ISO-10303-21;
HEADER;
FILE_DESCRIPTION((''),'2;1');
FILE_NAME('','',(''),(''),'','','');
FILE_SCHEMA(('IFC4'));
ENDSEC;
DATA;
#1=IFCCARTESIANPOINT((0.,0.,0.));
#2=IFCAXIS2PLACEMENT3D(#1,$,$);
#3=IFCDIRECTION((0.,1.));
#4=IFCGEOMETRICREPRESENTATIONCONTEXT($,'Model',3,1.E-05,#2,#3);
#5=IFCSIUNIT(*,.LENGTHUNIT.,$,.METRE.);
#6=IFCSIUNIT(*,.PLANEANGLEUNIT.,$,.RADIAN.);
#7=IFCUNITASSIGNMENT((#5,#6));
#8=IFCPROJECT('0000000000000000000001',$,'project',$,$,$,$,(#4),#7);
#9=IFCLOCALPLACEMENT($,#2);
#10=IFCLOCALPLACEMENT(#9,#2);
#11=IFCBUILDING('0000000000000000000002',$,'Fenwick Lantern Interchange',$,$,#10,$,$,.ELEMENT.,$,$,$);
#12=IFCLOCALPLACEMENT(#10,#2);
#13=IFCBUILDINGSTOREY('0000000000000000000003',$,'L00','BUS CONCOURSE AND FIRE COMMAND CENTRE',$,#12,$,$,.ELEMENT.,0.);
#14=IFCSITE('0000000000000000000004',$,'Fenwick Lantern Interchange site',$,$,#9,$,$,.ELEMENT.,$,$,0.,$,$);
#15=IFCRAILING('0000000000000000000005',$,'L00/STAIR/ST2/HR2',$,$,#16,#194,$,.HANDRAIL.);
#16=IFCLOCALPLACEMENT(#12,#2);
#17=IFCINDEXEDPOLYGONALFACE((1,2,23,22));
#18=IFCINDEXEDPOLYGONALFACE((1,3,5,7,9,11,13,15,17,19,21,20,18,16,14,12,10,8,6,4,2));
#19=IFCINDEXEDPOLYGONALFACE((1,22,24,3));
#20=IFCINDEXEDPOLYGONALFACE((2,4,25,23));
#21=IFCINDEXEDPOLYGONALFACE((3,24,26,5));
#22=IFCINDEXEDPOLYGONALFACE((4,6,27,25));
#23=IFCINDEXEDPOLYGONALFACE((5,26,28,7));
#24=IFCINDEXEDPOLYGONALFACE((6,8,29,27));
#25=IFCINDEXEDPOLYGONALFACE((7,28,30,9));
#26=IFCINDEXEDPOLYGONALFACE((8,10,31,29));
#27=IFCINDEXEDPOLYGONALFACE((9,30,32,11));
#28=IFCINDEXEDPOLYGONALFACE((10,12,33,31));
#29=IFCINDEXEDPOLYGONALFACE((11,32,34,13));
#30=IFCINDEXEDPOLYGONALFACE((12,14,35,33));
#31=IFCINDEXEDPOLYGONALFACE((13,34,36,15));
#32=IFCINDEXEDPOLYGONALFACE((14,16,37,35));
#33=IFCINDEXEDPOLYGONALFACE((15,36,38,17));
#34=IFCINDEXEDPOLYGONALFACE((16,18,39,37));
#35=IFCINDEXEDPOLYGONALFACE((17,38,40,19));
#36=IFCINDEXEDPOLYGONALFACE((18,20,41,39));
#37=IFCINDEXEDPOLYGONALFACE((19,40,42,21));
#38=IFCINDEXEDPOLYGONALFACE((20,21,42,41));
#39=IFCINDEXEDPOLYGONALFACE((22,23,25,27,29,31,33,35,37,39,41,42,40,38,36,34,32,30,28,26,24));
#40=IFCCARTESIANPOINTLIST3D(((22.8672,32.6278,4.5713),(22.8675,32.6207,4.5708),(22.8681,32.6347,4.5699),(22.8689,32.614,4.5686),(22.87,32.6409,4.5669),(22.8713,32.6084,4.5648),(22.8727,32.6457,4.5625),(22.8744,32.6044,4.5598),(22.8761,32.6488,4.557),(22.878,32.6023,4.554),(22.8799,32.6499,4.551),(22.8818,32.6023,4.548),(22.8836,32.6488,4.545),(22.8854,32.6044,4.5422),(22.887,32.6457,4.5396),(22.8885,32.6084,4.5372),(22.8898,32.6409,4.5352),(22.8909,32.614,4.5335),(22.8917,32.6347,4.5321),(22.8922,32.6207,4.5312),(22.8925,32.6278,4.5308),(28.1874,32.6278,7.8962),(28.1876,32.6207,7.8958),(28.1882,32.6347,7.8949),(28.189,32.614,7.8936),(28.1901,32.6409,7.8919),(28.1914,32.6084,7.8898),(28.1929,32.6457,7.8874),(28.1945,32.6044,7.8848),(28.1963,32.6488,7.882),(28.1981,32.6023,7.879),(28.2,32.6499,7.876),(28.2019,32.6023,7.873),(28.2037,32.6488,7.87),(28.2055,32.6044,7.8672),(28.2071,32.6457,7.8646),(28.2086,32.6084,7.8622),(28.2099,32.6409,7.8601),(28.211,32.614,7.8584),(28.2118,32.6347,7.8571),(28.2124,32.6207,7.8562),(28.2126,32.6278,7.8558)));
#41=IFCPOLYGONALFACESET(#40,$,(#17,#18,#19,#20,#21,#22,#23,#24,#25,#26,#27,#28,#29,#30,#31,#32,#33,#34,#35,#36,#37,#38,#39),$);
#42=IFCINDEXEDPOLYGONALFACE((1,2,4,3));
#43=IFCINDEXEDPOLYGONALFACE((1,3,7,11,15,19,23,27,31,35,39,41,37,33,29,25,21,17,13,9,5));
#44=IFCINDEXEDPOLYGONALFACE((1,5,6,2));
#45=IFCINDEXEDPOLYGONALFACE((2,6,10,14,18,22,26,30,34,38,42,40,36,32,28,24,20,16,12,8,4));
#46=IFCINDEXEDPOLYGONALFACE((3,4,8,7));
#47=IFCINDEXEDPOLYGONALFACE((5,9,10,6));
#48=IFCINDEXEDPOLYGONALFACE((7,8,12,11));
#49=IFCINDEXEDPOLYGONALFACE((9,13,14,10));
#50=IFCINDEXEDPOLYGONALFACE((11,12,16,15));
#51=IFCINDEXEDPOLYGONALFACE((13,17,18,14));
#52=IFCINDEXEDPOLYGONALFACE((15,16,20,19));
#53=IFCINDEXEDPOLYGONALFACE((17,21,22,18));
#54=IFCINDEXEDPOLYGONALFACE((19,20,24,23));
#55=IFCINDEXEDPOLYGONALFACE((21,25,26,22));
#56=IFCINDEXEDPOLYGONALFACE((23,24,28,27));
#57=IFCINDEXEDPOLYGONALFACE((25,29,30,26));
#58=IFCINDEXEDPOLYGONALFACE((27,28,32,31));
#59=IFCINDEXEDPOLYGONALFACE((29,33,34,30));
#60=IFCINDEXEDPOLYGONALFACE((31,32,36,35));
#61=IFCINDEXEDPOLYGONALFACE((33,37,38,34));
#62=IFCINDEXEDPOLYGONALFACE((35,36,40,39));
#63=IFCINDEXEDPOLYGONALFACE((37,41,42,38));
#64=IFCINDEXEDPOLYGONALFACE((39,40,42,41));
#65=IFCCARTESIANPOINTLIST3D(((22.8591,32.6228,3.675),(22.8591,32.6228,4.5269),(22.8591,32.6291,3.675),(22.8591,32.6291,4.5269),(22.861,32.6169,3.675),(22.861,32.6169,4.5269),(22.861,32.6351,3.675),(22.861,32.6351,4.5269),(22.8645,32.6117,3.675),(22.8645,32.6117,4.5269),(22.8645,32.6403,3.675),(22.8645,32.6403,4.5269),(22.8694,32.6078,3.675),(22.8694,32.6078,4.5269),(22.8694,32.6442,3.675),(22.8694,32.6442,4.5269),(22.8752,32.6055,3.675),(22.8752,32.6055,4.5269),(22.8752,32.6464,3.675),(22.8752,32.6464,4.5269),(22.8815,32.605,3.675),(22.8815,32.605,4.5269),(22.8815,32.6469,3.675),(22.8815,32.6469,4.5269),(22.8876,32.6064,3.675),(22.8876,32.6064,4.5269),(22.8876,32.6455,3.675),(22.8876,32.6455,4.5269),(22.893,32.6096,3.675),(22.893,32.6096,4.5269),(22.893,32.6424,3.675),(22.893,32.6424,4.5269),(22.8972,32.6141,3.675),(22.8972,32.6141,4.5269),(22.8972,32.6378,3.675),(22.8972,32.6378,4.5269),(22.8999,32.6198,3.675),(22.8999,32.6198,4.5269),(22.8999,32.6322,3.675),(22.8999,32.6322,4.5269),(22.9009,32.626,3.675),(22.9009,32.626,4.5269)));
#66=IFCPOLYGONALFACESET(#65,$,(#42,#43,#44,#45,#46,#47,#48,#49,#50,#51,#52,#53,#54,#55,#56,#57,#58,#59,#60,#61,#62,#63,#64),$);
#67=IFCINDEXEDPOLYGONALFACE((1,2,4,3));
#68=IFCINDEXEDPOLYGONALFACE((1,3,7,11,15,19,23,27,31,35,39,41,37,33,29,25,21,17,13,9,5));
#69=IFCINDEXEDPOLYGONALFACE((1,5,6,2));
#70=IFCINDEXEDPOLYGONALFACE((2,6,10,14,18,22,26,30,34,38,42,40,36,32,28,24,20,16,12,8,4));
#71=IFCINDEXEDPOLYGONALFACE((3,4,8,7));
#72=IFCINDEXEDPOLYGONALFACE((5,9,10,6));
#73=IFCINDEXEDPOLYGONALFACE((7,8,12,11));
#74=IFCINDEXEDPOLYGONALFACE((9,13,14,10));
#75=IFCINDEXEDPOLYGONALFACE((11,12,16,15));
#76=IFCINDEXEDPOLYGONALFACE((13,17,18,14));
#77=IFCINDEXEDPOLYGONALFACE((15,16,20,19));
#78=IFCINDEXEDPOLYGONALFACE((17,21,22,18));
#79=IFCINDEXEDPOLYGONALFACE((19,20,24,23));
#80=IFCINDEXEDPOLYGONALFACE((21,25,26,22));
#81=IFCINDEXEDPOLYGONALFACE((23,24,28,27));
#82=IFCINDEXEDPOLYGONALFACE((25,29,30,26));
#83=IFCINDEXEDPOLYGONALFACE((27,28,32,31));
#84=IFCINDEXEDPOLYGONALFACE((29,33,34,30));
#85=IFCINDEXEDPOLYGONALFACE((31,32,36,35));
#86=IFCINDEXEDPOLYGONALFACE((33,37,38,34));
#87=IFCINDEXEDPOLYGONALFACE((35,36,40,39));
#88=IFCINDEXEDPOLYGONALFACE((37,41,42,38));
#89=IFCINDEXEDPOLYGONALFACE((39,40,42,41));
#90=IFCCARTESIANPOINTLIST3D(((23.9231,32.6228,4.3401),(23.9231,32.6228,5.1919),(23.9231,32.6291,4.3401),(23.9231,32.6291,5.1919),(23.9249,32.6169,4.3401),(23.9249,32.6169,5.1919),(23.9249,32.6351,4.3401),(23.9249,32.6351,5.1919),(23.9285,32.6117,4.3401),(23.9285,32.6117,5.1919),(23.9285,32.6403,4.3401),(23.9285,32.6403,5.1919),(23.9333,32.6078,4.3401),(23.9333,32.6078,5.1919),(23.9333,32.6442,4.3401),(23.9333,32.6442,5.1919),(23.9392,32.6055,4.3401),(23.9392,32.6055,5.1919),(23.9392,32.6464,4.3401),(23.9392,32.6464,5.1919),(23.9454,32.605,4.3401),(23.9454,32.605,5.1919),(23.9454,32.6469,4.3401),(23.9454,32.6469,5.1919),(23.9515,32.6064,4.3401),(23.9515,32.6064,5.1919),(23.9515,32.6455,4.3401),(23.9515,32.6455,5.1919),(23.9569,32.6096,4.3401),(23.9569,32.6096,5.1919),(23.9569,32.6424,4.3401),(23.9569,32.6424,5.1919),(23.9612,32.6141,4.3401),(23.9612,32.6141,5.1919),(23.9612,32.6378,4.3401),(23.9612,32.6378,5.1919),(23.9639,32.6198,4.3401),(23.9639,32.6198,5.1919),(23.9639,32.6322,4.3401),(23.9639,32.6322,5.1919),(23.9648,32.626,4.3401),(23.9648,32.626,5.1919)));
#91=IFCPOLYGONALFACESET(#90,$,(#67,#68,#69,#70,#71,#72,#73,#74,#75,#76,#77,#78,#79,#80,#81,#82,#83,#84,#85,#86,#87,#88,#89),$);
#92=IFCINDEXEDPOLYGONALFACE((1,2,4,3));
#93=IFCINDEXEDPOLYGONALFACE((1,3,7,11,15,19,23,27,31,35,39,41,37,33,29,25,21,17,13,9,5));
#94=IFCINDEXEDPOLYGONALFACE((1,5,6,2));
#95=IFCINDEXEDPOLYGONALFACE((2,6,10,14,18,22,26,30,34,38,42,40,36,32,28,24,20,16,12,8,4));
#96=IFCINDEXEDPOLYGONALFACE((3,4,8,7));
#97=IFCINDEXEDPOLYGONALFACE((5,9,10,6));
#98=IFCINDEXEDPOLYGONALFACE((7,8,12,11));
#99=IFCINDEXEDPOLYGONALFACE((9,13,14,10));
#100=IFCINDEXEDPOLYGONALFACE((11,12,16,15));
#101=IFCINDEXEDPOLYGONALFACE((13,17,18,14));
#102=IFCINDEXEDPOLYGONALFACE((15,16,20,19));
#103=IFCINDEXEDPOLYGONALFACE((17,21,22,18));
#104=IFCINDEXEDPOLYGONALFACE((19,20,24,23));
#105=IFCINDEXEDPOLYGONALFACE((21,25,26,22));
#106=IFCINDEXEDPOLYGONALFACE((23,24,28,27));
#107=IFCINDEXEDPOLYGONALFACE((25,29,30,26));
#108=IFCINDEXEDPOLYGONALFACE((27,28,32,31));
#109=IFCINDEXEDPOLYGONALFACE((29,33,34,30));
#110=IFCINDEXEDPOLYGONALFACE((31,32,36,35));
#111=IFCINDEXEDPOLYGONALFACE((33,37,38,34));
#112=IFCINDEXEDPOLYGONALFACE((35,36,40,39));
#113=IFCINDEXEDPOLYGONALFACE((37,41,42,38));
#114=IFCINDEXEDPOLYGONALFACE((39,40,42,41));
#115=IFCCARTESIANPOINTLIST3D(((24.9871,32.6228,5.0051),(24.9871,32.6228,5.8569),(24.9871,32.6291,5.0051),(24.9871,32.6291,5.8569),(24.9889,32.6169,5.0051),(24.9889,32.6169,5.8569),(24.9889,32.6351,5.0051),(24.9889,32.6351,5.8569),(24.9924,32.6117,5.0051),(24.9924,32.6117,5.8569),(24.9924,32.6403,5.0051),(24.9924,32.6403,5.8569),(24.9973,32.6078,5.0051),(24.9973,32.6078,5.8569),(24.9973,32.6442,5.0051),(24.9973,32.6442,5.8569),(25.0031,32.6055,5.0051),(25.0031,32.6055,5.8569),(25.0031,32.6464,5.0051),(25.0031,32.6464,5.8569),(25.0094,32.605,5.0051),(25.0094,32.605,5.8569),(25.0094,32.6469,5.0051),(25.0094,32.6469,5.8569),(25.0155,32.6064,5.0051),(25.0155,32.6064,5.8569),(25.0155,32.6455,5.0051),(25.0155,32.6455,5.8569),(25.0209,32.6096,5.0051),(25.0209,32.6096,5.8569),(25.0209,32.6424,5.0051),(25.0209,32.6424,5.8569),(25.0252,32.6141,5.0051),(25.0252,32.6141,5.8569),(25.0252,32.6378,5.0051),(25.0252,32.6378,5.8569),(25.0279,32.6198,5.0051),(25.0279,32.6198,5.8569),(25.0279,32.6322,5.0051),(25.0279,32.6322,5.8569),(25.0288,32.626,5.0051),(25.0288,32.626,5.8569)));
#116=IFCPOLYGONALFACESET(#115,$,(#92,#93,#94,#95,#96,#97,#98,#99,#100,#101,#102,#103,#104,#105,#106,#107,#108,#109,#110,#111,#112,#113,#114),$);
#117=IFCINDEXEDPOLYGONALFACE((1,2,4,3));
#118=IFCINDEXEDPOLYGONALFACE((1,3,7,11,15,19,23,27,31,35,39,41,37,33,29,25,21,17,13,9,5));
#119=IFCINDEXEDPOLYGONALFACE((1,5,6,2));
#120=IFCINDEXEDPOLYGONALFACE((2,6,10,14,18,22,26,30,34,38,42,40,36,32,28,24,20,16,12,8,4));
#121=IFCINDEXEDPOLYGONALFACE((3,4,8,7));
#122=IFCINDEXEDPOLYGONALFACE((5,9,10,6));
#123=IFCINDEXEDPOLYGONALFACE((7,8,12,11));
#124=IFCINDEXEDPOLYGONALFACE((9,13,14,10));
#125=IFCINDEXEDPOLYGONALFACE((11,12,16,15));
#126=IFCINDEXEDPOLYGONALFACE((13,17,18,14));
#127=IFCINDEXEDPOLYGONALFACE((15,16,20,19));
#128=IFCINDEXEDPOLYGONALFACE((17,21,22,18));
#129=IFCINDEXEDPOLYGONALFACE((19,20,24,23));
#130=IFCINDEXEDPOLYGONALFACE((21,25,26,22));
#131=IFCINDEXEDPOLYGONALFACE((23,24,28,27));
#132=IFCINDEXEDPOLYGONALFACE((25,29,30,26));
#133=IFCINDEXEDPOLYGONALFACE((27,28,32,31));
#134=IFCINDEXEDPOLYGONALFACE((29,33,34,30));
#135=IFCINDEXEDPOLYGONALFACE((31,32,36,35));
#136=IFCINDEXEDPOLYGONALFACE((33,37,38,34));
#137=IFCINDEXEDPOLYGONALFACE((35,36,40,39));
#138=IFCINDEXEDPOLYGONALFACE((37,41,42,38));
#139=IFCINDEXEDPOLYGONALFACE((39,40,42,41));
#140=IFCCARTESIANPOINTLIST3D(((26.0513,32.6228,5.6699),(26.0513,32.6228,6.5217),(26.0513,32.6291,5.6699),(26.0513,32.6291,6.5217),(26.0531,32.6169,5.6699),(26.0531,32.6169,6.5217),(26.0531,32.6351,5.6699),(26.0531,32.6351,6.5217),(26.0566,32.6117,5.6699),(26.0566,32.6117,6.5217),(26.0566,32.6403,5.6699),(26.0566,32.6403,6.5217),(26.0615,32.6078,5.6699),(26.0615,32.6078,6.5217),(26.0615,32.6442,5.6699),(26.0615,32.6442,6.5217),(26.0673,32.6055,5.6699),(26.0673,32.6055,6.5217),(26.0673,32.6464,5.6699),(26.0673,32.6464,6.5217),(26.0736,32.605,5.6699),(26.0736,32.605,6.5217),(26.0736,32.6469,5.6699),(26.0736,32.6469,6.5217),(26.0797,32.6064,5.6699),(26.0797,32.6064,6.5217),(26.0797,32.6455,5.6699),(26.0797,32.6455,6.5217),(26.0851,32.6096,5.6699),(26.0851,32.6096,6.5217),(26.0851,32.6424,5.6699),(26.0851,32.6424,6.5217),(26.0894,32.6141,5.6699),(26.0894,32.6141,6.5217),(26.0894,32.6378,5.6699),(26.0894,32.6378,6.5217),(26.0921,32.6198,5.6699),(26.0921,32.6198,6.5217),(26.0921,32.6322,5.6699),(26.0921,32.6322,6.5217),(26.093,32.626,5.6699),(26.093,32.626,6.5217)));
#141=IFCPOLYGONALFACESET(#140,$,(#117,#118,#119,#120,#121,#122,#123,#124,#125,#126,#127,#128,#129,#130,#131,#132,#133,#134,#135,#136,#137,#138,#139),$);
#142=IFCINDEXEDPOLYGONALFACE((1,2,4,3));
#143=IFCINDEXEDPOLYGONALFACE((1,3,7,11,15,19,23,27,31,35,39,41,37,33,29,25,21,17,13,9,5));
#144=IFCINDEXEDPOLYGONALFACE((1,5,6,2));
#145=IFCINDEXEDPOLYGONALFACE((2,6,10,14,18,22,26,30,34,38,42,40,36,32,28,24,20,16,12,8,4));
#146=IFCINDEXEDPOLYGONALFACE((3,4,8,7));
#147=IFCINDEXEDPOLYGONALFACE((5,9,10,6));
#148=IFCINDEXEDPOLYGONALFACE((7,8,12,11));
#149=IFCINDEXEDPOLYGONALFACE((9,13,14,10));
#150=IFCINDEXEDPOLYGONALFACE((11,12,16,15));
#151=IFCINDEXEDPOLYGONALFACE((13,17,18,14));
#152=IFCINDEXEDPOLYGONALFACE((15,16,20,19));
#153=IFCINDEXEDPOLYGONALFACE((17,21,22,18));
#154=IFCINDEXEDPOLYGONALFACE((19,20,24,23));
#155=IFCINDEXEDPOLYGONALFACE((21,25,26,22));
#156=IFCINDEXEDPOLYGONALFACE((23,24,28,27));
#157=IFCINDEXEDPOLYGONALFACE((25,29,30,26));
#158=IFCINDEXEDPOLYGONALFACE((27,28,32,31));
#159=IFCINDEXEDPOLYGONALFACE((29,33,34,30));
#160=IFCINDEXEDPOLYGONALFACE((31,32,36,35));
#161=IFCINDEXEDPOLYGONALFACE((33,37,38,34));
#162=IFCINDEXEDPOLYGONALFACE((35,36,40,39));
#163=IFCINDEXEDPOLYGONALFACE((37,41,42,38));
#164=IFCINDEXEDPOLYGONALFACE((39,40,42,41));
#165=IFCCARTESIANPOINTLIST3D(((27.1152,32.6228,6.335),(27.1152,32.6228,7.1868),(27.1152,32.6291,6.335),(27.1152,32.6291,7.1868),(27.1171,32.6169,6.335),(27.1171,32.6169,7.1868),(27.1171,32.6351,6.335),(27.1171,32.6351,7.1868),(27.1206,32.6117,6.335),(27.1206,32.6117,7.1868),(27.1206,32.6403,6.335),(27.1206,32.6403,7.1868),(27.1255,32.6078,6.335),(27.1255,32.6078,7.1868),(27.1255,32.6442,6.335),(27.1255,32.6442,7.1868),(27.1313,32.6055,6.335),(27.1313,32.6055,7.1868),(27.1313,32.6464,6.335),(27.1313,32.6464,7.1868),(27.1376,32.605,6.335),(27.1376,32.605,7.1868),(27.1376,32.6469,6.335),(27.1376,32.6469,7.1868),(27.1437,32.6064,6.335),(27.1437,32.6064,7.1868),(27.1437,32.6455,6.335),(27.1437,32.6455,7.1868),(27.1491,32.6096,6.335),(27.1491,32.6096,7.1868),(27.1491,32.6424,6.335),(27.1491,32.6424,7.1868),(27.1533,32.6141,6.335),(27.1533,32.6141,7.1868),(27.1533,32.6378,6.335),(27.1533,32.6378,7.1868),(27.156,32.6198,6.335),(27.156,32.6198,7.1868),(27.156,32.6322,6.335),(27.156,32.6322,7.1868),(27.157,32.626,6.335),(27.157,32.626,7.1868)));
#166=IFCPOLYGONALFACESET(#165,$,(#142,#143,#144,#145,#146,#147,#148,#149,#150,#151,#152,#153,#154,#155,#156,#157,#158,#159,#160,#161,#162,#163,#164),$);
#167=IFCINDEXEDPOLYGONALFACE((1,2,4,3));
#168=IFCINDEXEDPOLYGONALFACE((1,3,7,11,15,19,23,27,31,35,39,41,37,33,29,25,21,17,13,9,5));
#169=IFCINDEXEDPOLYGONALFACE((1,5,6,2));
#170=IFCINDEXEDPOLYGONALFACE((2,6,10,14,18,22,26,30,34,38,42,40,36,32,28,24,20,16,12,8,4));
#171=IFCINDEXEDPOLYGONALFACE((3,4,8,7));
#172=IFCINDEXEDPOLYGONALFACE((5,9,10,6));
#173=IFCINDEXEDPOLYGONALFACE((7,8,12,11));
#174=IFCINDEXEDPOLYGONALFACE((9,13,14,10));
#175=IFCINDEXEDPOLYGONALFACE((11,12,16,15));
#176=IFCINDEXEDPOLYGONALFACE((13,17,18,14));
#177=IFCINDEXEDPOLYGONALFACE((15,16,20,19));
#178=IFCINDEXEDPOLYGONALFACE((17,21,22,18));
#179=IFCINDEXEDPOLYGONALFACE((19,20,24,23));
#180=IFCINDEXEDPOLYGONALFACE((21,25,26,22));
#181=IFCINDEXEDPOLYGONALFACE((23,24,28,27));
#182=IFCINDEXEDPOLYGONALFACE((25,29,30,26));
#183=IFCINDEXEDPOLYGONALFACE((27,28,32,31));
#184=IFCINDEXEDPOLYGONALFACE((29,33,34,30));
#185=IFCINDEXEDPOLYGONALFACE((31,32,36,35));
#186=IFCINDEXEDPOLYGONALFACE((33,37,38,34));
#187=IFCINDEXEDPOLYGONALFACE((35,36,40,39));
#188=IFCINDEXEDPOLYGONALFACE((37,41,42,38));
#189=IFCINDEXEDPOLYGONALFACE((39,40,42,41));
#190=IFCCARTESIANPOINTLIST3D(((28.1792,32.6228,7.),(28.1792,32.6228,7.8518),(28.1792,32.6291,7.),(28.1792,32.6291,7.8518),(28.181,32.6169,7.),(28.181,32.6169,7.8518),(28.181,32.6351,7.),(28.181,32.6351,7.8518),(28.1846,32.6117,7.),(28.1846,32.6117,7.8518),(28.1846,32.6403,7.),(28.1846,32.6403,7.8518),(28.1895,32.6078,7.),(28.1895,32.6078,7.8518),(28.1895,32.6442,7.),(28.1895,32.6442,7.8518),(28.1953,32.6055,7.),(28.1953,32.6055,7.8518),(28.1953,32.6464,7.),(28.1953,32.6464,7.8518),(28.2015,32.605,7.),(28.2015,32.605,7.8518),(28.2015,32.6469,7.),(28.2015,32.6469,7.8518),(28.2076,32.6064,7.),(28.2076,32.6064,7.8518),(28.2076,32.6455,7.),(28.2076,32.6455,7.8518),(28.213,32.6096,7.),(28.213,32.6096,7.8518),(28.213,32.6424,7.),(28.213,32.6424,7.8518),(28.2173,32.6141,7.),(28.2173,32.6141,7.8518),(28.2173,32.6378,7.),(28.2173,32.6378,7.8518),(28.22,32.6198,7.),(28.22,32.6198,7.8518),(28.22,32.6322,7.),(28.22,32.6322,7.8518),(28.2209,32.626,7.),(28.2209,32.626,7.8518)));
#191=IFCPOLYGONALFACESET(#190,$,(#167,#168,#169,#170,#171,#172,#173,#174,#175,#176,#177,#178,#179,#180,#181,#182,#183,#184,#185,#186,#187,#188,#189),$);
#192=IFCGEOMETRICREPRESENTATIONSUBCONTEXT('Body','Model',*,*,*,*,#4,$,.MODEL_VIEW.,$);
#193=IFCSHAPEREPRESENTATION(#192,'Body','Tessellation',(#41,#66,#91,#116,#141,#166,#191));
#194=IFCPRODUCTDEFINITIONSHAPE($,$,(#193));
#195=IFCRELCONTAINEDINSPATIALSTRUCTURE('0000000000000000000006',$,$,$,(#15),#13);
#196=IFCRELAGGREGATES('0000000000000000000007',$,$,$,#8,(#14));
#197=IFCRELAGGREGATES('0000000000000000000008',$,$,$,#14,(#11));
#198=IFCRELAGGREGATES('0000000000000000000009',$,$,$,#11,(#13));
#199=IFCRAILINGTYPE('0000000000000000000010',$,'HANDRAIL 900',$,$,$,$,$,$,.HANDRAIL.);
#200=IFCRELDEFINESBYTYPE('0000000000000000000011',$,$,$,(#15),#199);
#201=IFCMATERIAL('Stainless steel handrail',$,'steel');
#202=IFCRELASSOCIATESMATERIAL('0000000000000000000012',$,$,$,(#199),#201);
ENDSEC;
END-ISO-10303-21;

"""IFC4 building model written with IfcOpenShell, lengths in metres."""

from ifc_helpers import new_model, si_unit, direction, frame, origin, origin_2d, place, context, subcontext, project, spatial, circle, extrude, material, type_object, element, save


model = new_model("IFC4")

# Units and contexts
model_context = context("Model", 3, precision=1e-05, world=origin(), true_north=direction((0.0, 1.0)))
body_context = subcontext(model_context, "Body", "Model", "MODEL_VIEW")
ifc_project = project(units=[si_unit("LENGTHUNIT", "METRE"), si_unit("PLANEANGLEUNIT", "RADIAN")], contexts=[model_context])

# Site, building, storey
site_placement = place(None, origin())
site = spatial("IfcSite", under=ifc_project, at=site_placement, Name="Fenwick Lantern Interchange site", CompositionType="ELEMENT", RefElevation=0.0)
building_placement = place(site_placement, origin())
building = spatial("IfcBuilding", under=site, at=building_placement, Name="Fenwick Lantern Interchange", CompositionType="ELEMENT")
storey_placement = place(building_placement, origin())
storey = spatial("IfcBuildingStorey", under=building, at=storey_placement, Name="L00", Description="BUS CONCOURSE AND FIRE COMMAND CENTRE", CompositionType="ELEMENT", Elevation=0.0)

# Railing
ifc_material_1 = material(Name="Stainless steel handrail", Category="steel")
railing_type = type_object("IfcRailingType", Name="HANDRAIL 900", PredefinedType="HANDRAIL", material=ifc_material_1)
railing_1_placement = place(storey_placement, frame((22.8799, 32.626, 3.675)))
element("IfcRailing", 1, at=railing_1_placement, inside=storey, type_object=railing_type, Name="L00/STAIR/ST2/HR2", PredefinedType="HANDRAIL", context=body_context, shape_type="SweptSolid", body=[
    extrude(circle(Radius=0.0239, at=origin_2d()), frame((0.0, 0.0, 0.876), z_axis=(0.848005, 0.0, 0.529988), x_axis=(0.0, 1.0, 0.0)), (0.0, 0.0, 1.0), 6.2737),
    extrude(circle(Radius=0.021, at=origin_2d()), origin(), (0.0, 0.0, 1.0), 0.8518),
    extrude(circle(Radius=0.021, at=origin_2d()), frame((1.064, 0.0, 0.665)), (0.0, 0.0, 1.0), 0.8518),
    extrude(circle(Radius=0.021, at=origin_2d()), frame((2.1279, 0.0, 1.3301)), (0.0, 0.0, 1.0), 0.8518),
    extrude(circle(Radius=0.021, at=origin_2d()), frame((3.1921, 0.0, 1.9949)), (0.0, 0.0, 1.0), 0.8518),
    extrude(circle(Radius=0.021, at=origin_2d()), frame((4.2561, 0.0, 2.6599)), (0.0, 0.0, 1.0), 0.8518),
    extrude(circle(Radius=0.021, at=origin_2d()), frame((5.3201, 0.0, 3.325)), (0.0, 0.0, 1.0), 0.8518),
])

save(model, "model.ifc")
